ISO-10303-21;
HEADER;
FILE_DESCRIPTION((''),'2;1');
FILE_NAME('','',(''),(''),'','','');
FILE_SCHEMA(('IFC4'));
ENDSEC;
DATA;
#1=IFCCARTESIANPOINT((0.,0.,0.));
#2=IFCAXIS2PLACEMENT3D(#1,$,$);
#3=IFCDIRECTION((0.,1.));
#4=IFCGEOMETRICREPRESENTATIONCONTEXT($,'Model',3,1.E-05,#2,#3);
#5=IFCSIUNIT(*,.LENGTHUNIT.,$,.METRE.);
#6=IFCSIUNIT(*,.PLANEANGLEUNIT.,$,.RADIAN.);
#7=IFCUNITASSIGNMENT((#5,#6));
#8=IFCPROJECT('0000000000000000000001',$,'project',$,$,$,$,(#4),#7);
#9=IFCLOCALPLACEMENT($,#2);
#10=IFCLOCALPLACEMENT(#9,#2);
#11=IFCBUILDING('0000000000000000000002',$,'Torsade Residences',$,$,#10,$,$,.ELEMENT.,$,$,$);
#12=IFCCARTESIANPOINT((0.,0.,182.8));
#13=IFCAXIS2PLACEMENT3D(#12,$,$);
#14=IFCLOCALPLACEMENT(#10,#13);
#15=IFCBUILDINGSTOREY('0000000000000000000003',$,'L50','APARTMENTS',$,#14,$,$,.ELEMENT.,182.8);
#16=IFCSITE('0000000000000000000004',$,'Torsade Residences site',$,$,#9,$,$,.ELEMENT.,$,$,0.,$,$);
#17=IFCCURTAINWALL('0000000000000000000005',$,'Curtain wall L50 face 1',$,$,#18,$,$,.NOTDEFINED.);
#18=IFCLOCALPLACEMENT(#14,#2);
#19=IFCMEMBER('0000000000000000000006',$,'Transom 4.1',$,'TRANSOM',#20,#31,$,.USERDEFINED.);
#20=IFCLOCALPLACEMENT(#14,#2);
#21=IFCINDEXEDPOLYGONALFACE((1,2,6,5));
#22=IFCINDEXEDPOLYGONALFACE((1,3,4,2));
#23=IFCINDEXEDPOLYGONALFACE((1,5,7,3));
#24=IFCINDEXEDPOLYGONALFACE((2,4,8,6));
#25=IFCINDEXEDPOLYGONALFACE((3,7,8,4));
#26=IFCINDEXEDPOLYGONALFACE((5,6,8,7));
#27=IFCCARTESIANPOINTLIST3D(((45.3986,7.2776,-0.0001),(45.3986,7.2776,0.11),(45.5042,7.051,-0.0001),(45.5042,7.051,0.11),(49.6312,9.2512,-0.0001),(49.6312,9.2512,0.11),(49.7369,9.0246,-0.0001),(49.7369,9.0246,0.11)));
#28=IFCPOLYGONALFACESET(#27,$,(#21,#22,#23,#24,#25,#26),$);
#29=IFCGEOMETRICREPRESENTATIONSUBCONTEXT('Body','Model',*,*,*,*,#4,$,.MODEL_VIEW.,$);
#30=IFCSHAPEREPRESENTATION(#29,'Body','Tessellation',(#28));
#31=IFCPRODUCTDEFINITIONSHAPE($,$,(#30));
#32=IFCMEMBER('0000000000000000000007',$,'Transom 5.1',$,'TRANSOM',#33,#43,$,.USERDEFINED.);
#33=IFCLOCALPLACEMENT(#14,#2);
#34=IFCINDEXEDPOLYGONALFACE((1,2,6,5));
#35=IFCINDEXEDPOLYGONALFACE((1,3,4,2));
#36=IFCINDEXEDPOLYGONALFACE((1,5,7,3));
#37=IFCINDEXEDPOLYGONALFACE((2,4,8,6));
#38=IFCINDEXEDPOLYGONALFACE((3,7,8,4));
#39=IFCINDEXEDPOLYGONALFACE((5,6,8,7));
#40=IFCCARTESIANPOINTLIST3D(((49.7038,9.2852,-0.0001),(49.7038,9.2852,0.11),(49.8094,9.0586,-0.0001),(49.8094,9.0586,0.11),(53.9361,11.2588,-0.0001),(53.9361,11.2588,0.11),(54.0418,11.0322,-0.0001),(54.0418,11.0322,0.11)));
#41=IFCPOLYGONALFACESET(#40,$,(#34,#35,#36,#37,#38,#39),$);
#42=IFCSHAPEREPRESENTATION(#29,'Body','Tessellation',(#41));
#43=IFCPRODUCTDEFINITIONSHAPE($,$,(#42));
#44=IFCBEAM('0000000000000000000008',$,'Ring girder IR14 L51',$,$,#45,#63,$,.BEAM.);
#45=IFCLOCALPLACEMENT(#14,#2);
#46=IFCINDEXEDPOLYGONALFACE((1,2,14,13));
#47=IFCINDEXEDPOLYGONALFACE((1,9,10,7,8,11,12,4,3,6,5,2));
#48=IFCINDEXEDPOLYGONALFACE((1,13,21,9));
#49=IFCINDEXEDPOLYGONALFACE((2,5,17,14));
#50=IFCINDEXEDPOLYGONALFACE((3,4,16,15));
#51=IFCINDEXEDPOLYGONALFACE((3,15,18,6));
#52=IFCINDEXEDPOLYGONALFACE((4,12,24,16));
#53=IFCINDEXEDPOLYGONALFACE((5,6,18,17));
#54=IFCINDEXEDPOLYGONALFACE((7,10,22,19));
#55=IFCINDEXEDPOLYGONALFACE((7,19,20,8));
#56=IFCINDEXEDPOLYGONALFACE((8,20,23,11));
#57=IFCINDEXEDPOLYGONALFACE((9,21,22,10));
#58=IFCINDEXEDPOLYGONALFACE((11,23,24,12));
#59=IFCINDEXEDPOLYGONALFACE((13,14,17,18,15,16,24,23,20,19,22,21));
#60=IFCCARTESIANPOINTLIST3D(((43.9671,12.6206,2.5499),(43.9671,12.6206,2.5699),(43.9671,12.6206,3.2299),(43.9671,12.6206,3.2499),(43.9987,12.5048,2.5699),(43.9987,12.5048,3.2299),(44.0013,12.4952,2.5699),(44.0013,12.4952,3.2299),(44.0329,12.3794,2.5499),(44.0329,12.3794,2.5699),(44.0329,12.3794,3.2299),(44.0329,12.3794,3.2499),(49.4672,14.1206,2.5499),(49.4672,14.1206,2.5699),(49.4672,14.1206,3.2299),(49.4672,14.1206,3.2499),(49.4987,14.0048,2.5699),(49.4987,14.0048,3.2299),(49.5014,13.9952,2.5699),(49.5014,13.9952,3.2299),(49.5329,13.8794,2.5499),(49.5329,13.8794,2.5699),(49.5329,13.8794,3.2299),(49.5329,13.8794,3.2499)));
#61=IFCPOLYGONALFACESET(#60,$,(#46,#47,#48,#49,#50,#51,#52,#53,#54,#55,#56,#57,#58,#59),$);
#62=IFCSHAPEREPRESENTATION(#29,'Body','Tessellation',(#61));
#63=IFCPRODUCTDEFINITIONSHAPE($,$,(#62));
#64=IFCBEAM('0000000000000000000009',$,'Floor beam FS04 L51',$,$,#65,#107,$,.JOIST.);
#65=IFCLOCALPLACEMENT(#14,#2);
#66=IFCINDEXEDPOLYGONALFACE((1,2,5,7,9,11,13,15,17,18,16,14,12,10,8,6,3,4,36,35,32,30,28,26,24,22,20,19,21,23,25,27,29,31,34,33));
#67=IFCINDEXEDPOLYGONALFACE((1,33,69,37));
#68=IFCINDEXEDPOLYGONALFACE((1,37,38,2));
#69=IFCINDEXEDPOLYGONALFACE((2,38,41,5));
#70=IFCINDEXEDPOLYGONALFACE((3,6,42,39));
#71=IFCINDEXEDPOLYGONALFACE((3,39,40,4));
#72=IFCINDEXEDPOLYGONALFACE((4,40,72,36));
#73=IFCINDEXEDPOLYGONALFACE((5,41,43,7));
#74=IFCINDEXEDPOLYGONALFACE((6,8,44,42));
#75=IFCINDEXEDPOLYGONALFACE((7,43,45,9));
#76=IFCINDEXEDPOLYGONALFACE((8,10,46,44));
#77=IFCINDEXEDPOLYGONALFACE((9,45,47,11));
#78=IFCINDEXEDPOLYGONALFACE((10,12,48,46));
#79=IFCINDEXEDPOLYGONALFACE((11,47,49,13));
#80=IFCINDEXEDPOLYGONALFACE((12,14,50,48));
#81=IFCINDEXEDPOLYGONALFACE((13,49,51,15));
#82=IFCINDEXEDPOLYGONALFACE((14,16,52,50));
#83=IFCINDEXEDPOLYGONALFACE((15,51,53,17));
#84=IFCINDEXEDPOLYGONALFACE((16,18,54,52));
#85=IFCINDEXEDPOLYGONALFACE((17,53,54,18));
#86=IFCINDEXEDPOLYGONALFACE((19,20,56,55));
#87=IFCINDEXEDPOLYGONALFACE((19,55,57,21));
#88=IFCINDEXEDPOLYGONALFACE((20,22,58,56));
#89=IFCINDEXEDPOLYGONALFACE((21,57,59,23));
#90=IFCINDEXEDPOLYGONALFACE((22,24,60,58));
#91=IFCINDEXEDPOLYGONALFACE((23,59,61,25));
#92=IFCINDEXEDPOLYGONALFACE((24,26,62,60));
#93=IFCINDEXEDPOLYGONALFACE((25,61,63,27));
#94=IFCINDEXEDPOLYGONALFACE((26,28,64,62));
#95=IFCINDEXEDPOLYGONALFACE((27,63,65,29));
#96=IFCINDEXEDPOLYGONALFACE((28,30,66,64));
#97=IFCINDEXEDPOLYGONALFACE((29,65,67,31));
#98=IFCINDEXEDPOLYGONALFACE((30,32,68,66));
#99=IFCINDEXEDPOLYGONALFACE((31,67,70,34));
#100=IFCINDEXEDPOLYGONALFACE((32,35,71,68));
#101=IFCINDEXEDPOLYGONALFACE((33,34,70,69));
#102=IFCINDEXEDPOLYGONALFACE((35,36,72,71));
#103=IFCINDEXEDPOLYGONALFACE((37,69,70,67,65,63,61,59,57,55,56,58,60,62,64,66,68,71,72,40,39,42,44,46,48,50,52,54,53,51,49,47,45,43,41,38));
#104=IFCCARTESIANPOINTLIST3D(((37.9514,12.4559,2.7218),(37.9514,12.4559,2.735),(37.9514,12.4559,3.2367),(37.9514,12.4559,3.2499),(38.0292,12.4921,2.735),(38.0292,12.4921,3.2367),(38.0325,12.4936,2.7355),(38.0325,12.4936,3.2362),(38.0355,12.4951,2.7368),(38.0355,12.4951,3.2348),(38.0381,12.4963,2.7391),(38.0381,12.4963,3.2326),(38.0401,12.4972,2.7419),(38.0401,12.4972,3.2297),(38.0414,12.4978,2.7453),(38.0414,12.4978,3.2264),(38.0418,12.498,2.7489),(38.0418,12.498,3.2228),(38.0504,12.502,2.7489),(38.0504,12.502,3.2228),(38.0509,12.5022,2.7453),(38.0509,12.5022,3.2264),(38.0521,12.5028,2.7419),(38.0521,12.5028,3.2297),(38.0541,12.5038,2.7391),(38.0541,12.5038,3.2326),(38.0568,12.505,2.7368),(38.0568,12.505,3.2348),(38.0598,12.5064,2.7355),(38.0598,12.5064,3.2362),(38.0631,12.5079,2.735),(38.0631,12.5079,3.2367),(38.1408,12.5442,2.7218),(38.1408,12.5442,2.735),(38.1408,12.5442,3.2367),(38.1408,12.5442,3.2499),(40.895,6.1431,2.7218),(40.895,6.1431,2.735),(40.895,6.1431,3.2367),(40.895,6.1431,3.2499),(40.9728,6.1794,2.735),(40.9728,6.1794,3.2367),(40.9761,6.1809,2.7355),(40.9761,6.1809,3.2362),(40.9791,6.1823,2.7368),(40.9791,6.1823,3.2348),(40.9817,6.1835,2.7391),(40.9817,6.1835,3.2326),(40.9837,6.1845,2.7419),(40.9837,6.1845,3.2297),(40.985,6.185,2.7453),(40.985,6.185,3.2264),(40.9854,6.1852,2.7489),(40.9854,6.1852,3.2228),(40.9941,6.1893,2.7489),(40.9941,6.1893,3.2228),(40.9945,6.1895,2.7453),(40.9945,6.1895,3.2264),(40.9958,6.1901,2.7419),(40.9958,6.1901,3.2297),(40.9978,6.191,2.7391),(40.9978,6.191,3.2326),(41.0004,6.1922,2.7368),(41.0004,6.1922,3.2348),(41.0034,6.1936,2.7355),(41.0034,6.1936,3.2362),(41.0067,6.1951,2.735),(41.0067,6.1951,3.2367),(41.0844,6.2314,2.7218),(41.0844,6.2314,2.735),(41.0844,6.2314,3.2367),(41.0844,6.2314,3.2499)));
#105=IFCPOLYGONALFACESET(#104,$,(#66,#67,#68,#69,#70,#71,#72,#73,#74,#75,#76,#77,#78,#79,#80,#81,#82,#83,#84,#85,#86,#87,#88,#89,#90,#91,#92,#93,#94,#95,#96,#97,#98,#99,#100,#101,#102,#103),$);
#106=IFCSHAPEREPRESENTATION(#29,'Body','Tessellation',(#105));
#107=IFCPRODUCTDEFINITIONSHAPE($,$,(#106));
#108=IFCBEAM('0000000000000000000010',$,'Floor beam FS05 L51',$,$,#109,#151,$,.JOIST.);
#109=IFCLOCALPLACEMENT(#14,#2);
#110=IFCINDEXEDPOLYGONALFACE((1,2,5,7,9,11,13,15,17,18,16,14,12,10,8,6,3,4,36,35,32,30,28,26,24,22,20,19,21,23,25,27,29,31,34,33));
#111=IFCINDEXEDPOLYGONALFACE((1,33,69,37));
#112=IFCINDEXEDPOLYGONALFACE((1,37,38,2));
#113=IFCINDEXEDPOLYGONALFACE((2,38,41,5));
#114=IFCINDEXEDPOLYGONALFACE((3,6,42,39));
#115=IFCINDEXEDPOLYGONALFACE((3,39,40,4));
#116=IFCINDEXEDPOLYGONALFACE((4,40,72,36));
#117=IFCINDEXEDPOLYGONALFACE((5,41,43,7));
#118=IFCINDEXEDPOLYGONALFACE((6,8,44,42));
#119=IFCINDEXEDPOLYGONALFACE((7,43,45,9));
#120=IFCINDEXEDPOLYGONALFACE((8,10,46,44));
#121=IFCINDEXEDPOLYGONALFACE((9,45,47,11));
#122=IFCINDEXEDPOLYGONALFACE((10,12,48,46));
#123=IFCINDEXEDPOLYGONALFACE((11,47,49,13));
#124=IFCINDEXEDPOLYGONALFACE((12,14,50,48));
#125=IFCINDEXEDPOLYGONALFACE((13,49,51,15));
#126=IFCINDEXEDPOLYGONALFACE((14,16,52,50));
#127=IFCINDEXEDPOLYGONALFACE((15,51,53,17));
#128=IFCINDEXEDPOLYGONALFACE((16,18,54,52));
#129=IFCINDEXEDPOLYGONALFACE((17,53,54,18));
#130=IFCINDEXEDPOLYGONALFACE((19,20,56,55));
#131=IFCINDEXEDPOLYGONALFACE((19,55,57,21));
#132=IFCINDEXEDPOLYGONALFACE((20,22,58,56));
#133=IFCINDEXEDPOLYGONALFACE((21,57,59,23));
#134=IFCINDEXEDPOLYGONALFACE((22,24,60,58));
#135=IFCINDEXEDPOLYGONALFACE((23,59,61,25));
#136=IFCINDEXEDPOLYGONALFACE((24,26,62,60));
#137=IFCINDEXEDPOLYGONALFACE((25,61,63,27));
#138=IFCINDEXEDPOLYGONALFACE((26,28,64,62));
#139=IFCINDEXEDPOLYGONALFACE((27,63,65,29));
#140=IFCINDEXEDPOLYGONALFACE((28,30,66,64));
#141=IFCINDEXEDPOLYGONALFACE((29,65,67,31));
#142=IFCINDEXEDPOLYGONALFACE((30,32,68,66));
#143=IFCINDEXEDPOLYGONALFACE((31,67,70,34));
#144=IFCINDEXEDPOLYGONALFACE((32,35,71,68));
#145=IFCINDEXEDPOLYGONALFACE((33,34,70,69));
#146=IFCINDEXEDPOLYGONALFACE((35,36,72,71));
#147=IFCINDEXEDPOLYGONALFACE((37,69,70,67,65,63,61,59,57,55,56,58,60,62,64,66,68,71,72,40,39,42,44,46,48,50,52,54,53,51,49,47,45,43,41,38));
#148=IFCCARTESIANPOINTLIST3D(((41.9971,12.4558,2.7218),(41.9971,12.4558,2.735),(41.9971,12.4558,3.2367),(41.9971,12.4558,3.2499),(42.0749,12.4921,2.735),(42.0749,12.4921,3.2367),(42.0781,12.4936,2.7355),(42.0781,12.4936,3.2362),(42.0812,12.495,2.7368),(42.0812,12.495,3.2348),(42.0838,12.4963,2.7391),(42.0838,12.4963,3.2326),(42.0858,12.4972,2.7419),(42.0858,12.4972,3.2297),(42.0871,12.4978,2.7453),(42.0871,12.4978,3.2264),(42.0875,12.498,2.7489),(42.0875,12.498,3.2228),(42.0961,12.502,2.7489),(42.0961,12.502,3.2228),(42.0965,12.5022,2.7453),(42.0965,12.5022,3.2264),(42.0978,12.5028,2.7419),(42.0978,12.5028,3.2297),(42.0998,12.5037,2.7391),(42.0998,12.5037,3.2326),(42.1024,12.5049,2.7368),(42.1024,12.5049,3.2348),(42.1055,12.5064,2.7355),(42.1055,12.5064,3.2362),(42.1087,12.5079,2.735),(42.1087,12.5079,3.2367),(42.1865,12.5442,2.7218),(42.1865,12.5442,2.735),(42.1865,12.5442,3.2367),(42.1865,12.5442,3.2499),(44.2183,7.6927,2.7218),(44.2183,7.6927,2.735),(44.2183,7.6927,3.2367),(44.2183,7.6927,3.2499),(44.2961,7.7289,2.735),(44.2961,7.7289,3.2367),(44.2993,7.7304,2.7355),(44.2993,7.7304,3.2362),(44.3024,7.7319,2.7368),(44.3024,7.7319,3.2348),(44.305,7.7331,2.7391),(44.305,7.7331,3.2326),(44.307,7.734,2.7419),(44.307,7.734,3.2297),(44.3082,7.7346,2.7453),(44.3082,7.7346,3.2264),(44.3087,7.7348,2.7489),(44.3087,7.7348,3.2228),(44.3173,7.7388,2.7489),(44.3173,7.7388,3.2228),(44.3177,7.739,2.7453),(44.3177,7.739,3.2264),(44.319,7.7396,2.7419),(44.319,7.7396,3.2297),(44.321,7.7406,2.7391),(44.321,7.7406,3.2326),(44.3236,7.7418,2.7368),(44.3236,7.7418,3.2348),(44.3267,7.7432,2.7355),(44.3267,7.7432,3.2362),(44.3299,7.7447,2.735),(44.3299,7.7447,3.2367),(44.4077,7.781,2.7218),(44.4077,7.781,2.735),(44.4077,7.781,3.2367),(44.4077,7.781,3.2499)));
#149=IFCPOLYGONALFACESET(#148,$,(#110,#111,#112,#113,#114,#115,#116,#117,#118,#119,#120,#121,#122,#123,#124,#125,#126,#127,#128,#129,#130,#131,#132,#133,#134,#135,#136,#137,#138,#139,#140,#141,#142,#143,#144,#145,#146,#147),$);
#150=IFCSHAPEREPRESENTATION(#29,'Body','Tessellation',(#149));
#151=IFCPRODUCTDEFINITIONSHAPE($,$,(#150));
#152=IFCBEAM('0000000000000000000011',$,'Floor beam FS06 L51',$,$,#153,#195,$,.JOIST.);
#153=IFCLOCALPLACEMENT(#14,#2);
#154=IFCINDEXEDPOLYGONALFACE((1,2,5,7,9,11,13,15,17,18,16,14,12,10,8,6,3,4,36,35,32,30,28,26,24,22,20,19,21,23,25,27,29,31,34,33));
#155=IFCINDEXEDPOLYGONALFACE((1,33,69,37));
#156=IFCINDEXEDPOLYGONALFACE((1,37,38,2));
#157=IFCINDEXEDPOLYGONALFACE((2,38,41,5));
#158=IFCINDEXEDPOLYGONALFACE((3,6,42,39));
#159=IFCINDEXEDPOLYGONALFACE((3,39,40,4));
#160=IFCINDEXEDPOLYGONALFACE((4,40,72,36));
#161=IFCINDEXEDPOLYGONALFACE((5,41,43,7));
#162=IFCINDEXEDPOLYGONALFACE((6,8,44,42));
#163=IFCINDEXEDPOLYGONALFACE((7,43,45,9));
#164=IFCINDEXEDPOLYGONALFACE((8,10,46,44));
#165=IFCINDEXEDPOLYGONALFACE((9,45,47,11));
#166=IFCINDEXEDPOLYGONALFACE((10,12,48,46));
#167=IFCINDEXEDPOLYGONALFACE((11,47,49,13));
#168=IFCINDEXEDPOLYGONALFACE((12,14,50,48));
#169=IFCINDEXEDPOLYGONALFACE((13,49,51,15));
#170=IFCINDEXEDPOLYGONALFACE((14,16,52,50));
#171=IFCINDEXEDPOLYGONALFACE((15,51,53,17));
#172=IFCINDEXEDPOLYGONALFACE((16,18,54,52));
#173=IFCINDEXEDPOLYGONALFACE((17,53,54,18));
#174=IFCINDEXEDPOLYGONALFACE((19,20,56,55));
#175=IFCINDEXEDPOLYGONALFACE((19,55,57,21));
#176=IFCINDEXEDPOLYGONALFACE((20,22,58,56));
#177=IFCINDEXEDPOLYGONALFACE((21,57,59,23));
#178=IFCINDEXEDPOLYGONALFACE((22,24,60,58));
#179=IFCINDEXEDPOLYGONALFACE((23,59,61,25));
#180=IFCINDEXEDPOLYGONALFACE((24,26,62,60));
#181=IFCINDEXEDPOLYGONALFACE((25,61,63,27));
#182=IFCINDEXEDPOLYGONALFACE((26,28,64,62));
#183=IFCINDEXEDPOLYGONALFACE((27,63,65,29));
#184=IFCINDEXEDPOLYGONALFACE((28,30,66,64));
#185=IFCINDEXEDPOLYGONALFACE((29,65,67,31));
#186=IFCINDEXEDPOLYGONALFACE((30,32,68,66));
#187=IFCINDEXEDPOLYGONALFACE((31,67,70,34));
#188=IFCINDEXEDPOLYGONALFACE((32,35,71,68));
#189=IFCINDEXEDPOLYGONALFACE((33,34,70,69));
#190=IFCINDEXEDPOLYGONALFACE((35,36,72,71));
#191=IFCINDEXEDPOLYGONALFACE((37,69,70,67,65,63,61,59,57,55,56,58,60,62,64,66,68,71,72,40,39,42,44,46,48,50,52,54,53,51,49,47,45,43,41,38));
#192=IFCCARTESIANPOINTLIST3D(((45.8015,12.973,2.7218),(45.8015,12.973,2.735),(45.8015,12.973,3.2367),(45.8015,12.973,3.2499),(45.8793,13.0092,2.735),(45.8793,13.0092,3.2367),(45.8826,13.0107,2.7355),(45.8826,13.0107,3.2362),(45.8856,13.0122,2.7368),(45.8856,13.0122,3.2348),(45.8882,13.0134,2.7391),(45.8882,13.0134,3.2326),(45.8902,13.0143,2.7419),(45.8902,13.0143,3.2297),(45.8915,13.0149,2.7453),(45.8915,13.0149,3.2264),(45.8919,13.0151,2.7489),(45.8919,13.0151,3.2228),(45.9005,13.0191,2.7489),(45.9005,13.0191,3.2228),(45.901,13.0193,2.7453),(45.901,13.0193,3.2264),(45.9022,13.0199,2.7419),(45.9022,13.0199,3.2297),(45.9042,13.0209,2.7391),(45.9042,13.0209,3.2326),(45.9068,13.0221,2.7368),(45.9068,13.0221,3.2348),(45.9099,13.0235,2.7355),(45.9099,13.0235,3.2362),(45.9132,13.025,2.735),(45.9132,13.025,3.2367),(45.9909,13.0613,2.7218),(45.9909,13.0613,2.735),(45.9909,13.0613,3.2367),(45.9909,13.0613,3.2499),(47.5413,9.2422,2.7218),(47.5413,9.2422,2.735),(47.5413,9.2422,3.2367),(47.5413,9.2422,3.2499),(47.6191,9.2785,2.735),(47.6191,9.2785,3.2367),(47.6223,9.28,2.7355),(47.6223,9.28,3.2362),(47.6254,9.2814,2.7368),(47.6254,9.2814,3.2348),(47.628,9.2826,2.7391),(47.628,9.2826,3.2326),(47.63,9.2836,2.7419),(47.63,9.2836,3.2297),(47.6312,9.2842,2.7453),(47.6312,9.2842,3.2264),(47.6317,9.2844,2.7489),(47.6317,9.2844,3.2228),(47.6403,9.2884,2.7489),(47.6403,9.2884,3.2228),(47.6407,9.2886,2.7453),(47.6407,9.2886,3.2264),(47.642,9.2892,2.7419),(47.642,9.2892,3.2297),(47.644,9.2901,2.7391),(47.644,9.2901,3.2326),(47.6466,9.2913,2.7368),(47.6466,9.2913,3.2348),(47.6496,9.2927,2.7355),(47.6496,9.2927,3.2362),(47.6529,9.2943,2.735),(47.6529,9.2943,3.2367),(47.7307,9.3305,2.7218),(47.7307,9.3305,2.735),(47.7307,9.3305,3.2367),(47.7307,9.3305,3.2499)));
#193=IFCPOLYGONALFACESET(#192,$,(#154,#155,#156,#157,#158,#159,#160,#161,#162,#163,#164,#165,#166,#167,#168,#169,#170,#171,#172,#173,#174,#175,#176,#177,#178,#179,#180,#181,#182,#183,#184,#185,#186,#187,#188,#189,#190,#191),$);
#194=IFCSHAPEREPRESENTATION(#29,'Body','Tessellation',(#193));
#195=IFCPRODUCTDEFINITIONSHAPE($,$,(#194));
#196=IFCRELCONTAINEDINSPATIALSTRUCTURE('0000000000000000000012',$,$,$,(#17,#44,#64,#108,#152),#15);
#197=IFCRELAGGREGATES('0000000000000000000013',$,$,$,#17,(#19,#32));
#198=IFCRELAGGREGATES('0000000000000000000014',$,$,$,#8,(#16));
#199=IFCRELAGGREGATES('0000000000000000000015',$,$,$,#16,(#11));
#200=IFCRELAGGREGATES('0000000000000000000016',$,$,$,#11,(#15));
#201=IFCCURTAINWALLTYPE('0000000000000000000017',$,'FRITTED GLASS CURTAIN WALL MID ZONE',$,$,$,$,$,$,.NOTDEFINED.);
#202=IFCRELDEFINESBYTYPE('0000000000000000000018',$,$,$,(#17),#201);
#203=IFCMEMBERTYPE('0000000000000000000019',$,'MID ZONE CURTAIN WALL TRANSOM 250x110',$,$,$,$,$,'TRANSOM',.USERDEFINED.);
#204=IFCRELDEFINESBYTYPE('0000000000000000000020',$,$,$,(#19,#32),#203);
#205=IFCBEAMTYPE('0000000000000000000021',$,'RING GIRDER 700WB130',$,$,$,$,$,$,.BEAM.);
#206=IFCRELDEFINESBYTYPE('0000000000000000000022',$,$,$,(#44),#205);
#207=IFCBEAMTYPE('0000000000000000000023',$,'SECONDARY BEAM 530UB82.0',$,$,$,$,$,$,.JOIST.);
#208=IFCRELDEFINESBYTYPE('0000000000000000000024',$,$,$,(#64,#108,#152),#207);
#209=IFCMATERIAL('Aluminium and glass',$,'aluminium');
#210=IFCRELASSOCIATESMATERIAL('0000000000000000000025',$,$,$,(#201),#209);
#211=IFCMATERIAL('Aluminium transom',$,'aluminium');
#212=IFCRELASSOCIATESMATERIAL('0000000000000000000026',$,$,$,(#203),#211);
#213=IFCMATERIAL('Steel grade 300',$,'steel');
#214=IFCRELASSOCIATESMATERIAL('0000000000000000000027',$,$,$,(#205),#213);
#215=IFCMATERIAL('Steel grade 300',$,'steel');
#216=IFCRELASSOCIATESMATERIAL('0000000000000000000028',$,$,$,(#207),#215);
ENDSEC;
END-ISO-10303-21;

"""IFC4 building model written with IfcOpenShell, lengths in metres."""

from ifc_helpers import new_model, si_unit, direction, frame, origin, origin_2d, place, context, subcontext, project, spatial, rectangle, i_section, extrude, material, material_profile, profile_set, type_object, element, aggregate, save


model = new_model("IFC4")

# Units and contexts
model_context = context("Model", 3, precision=1e-05, world=origin(), true_north=direction((0.0, 1.0)))
body_context = subcontext(model_context, "Body", "Model", "MODEL_VIEW")
ifc_project = project(units=[si_unit("LENGTHUNIT", "METRE"), si_unit("PLANEANGLEUNIT", "RADIAN")], contexts=[model_context])

# Site, building, storey
site_placement = place(None, origin())
site = spatial("IfcSite", under=ifc_project, at=site_placement, Name="Torsade Residences site", CompositionType="ELEMENT", RefElevation=0.0)
building_placement = place(site_placement, origin())
building = spatial("IfcBuilding", under=site, at=building_placement, Name="Torsade Residences", CompositionType="ELEMENT")
storey_placement = place(building_placement, frame((0.0, 0.0, 182.8)))
storey = spatial("IfcBuildingStorey", under=building, at=storey_placement, Name="L50", Description="APARTMENTS", CompositionType="ELEMENT", Elevation=182.8)

# Curtain wall, members
ifc_material_1 = material(Name="Aluminium and glass", Category="aluminium")
curtain_wall_type = type_object("IfcCurtainWallType", Name="FRITTED GLASS CURTAIN WALL MID ZONE", PredefinedType="NOTDEFINED", material=ifc_material_1)
curtain_wall_placement = place(storey_placement, origin())
curtain_wall = element("IfcCurtainWall", 1, at=curtain_wall_placement, inside=storey, type_object=curtain_wall_type, Name="Curtain wall L50 face 1", PredefinedType="NOTDEFINED")
ifc_material_2 = material(Name="Aluminium transom", Category="aluminium")
ifc_material_profile_1 = material_profile(ifc_material_2, rectangle(XDim=0.25, YDim=0.1101, at=origin_2d()), Name="MID ZONE CURTAIN WALL TRANSOM 250x110")
ifc_profile_set_1 = profile_set([ifc_material_profile_1], Name="Aluminium transom")
member_type_1 = type_object("IfcMemberType", Name="MID ZONE CURTAIN WALL TRANSOM 250x110", ElementType="TRANSOM", PredefinedType="USERDEFINED", material=ifc_profile_set_1)
member_1_placement = place(storey_placement, frame((45.4514, 7.1643, 0.0549), z_axis=(0.906315, 0.422602, 0.0), x_axis=(-0.422602, 0.906315, 0.0)))
member_1 = element("IfcMember", 2, at=member_1_placement, type_object=member_type_1, Name="Transom 4.1", ObjectType="TRANSOM", PredefinedType="USERDEFINED", context=body_context, shape_type="SweptSolid", body=[
    extrude(rectangle(XDim=0.25, YDim=0.1101, at=origin_2d()), origin(), (0.0, 0.0, 1.0), 4.6702),
])
member_2_placement = place(storey_placement, frame((49.7566, 9.1719, 0.0549), z_axis=(0.906306, 0.422622, 0.0), x_axis=(-0.422622, 0.906306, 0.0)))
member_2 = element("IfcMember", 3, at=member_2_placement, type_object=member_type_1, Name="Transom 5.1", ObjectType="TRANSOM", PredefinedType="USERDEFINED", context=body_context, shape_type="SweptSolid", body=[
    extrude(rectangle(XDim=0.25, YDim=0.1101, at=origin_2d()), origin(), (0.0, 0.0, 1.0), 4.6699),
])

# Beams
ifc_material_3 = material(Name="Steel grade 300", Category="steel")
ifc_material_profile_2 = material_profile(ifc_material_3, i_section(OverallWidth=0.25, OverallDepth=0.7, WebThickness=0.01, FlangeThickness=0.02, at=origin_2d()), Name="700WB130")
ifc_profile_set_2 = profile_set([ifc_material_profile_2], Name="Steel grade 300")
beam_type_1 = type_object("IfcBeamType", Name="RING GIRDER 700WB130", PredefinedType="BEAM", material=ifc_profile_set_2)
beam_1_placement = place(storey_placement, frame((44.0, 12.5, 2.8999), z_axis=(0.964764, 0.263117, 0.0), x_axis=(-0.263117, 0.964764, 0.0)))
element("IfcBeam", 4, at=beam_1_placement, inside=storey, type_object=beam_type_1, Name="Ring girder IR14 L51", PredefinedType="BEAM", context=body_context, shape_type="SweptSolid", body=[
    extrude(i_section(OverallWidth=0.25, OverallDepth=0.7, WebThickness=0.01, FlangeThickness=0.02, at=origin_2d()), origin(), (0.0, 0.0, 1.0), 5.7009),
])
ifc_material_4 = material(Name="Steel grade 300", Category="steel")
ifc_material_profile_3 = material_profile(ifc_material_4, i_section(OverallWidth=0.209, OverallDepth=0.5281, WebThickness=0.0095, FlangeThickness=0.0132, FilletRadius=0.0139, at=origin_2d()), Name="530UB82.0")
ifc_profile_set_3 = profile_set([ifc_material_profile_3], Name="Steel grade 300")
beam_type_2 = type_object("IfcBeamType", Name="SECONDARY BEAM 530UB82.0", PredefinedType="JOIST", material=ifc_profile_set_3)
beam_2_placement = place(storey_placement, frame((40.9897, 6.1873, 2.9858), z_axis=(-0.422609, 0.906312, 0.0), x_axis=(-0.906312, -0.422609, 0.0)))
element("IfcBeam", 5, at=beam_2_placement, inside=storey, type_object=beam_type_2, Name="Floor beam FS04 L51", PredefinedType="JOIST", context=body_context, shape_type="SweptSolid", body=[
    extrude(i_section(OverallWidth=0.209, OverallDepth=0.5281, WebThickness=0.0095, FlangeThickness=0.0132, FilletRadius=0.0139, at=origin_2d()), origin(), (0.0, 0.0, 1.0), 6.9653),
])
beam_3_placement = place(storey_placement, frame((44.313, 7.7368, 2.9858), z_axis=(-0.422631, 0.906302, 0.0), x_axis=(-0.906302, -0.422631, 0.0)))
element("IfcBeam", 6, at=beam_3_placement, inside=storey, type_object=beam_type_2, Name="Floor beam FS05 L51", PredefinedType="JOIST", context=body_context, shape_type="SweptSolid", body=[
    extrude(i_section(OverallWidth=0.209, OverallDepth=0.5281, WebThickness=0.0095, FlangeThickness=0.0132, FilletRadius=0.0139, at=origin_2d()), origin(), (0.0, 0.0, 1.0), 5.2556),
])
beam_4_placement = place(storey_placement, frame((47.636, 9.2864, 2.9858), z_axis=(-0.422635, 0.9063, 0.0), x_axis=(-0.9063, -0.422635, 0.0)))
element("IfcBeam", 7, at=beam_4_placement, inside=storey, type_object=beam_type_2, Name="Floor beam FS06 L51", PredefinedType="JOIST", context=body_context, shape_type="SweptSolid", body=[
    extrude(i_section(OverallWidth=0.209, OverallDepth=0.5281, WebThickness=0.0095, FlangeThickness=0.0132, FilletRadius=0.0139, at=origin_2d()), origin(), (0.0, 0.0, 1.0), 4.1165),
])

aggregate(curtain_wall, [member_1, member_2])

save(model, "model.ifc")
